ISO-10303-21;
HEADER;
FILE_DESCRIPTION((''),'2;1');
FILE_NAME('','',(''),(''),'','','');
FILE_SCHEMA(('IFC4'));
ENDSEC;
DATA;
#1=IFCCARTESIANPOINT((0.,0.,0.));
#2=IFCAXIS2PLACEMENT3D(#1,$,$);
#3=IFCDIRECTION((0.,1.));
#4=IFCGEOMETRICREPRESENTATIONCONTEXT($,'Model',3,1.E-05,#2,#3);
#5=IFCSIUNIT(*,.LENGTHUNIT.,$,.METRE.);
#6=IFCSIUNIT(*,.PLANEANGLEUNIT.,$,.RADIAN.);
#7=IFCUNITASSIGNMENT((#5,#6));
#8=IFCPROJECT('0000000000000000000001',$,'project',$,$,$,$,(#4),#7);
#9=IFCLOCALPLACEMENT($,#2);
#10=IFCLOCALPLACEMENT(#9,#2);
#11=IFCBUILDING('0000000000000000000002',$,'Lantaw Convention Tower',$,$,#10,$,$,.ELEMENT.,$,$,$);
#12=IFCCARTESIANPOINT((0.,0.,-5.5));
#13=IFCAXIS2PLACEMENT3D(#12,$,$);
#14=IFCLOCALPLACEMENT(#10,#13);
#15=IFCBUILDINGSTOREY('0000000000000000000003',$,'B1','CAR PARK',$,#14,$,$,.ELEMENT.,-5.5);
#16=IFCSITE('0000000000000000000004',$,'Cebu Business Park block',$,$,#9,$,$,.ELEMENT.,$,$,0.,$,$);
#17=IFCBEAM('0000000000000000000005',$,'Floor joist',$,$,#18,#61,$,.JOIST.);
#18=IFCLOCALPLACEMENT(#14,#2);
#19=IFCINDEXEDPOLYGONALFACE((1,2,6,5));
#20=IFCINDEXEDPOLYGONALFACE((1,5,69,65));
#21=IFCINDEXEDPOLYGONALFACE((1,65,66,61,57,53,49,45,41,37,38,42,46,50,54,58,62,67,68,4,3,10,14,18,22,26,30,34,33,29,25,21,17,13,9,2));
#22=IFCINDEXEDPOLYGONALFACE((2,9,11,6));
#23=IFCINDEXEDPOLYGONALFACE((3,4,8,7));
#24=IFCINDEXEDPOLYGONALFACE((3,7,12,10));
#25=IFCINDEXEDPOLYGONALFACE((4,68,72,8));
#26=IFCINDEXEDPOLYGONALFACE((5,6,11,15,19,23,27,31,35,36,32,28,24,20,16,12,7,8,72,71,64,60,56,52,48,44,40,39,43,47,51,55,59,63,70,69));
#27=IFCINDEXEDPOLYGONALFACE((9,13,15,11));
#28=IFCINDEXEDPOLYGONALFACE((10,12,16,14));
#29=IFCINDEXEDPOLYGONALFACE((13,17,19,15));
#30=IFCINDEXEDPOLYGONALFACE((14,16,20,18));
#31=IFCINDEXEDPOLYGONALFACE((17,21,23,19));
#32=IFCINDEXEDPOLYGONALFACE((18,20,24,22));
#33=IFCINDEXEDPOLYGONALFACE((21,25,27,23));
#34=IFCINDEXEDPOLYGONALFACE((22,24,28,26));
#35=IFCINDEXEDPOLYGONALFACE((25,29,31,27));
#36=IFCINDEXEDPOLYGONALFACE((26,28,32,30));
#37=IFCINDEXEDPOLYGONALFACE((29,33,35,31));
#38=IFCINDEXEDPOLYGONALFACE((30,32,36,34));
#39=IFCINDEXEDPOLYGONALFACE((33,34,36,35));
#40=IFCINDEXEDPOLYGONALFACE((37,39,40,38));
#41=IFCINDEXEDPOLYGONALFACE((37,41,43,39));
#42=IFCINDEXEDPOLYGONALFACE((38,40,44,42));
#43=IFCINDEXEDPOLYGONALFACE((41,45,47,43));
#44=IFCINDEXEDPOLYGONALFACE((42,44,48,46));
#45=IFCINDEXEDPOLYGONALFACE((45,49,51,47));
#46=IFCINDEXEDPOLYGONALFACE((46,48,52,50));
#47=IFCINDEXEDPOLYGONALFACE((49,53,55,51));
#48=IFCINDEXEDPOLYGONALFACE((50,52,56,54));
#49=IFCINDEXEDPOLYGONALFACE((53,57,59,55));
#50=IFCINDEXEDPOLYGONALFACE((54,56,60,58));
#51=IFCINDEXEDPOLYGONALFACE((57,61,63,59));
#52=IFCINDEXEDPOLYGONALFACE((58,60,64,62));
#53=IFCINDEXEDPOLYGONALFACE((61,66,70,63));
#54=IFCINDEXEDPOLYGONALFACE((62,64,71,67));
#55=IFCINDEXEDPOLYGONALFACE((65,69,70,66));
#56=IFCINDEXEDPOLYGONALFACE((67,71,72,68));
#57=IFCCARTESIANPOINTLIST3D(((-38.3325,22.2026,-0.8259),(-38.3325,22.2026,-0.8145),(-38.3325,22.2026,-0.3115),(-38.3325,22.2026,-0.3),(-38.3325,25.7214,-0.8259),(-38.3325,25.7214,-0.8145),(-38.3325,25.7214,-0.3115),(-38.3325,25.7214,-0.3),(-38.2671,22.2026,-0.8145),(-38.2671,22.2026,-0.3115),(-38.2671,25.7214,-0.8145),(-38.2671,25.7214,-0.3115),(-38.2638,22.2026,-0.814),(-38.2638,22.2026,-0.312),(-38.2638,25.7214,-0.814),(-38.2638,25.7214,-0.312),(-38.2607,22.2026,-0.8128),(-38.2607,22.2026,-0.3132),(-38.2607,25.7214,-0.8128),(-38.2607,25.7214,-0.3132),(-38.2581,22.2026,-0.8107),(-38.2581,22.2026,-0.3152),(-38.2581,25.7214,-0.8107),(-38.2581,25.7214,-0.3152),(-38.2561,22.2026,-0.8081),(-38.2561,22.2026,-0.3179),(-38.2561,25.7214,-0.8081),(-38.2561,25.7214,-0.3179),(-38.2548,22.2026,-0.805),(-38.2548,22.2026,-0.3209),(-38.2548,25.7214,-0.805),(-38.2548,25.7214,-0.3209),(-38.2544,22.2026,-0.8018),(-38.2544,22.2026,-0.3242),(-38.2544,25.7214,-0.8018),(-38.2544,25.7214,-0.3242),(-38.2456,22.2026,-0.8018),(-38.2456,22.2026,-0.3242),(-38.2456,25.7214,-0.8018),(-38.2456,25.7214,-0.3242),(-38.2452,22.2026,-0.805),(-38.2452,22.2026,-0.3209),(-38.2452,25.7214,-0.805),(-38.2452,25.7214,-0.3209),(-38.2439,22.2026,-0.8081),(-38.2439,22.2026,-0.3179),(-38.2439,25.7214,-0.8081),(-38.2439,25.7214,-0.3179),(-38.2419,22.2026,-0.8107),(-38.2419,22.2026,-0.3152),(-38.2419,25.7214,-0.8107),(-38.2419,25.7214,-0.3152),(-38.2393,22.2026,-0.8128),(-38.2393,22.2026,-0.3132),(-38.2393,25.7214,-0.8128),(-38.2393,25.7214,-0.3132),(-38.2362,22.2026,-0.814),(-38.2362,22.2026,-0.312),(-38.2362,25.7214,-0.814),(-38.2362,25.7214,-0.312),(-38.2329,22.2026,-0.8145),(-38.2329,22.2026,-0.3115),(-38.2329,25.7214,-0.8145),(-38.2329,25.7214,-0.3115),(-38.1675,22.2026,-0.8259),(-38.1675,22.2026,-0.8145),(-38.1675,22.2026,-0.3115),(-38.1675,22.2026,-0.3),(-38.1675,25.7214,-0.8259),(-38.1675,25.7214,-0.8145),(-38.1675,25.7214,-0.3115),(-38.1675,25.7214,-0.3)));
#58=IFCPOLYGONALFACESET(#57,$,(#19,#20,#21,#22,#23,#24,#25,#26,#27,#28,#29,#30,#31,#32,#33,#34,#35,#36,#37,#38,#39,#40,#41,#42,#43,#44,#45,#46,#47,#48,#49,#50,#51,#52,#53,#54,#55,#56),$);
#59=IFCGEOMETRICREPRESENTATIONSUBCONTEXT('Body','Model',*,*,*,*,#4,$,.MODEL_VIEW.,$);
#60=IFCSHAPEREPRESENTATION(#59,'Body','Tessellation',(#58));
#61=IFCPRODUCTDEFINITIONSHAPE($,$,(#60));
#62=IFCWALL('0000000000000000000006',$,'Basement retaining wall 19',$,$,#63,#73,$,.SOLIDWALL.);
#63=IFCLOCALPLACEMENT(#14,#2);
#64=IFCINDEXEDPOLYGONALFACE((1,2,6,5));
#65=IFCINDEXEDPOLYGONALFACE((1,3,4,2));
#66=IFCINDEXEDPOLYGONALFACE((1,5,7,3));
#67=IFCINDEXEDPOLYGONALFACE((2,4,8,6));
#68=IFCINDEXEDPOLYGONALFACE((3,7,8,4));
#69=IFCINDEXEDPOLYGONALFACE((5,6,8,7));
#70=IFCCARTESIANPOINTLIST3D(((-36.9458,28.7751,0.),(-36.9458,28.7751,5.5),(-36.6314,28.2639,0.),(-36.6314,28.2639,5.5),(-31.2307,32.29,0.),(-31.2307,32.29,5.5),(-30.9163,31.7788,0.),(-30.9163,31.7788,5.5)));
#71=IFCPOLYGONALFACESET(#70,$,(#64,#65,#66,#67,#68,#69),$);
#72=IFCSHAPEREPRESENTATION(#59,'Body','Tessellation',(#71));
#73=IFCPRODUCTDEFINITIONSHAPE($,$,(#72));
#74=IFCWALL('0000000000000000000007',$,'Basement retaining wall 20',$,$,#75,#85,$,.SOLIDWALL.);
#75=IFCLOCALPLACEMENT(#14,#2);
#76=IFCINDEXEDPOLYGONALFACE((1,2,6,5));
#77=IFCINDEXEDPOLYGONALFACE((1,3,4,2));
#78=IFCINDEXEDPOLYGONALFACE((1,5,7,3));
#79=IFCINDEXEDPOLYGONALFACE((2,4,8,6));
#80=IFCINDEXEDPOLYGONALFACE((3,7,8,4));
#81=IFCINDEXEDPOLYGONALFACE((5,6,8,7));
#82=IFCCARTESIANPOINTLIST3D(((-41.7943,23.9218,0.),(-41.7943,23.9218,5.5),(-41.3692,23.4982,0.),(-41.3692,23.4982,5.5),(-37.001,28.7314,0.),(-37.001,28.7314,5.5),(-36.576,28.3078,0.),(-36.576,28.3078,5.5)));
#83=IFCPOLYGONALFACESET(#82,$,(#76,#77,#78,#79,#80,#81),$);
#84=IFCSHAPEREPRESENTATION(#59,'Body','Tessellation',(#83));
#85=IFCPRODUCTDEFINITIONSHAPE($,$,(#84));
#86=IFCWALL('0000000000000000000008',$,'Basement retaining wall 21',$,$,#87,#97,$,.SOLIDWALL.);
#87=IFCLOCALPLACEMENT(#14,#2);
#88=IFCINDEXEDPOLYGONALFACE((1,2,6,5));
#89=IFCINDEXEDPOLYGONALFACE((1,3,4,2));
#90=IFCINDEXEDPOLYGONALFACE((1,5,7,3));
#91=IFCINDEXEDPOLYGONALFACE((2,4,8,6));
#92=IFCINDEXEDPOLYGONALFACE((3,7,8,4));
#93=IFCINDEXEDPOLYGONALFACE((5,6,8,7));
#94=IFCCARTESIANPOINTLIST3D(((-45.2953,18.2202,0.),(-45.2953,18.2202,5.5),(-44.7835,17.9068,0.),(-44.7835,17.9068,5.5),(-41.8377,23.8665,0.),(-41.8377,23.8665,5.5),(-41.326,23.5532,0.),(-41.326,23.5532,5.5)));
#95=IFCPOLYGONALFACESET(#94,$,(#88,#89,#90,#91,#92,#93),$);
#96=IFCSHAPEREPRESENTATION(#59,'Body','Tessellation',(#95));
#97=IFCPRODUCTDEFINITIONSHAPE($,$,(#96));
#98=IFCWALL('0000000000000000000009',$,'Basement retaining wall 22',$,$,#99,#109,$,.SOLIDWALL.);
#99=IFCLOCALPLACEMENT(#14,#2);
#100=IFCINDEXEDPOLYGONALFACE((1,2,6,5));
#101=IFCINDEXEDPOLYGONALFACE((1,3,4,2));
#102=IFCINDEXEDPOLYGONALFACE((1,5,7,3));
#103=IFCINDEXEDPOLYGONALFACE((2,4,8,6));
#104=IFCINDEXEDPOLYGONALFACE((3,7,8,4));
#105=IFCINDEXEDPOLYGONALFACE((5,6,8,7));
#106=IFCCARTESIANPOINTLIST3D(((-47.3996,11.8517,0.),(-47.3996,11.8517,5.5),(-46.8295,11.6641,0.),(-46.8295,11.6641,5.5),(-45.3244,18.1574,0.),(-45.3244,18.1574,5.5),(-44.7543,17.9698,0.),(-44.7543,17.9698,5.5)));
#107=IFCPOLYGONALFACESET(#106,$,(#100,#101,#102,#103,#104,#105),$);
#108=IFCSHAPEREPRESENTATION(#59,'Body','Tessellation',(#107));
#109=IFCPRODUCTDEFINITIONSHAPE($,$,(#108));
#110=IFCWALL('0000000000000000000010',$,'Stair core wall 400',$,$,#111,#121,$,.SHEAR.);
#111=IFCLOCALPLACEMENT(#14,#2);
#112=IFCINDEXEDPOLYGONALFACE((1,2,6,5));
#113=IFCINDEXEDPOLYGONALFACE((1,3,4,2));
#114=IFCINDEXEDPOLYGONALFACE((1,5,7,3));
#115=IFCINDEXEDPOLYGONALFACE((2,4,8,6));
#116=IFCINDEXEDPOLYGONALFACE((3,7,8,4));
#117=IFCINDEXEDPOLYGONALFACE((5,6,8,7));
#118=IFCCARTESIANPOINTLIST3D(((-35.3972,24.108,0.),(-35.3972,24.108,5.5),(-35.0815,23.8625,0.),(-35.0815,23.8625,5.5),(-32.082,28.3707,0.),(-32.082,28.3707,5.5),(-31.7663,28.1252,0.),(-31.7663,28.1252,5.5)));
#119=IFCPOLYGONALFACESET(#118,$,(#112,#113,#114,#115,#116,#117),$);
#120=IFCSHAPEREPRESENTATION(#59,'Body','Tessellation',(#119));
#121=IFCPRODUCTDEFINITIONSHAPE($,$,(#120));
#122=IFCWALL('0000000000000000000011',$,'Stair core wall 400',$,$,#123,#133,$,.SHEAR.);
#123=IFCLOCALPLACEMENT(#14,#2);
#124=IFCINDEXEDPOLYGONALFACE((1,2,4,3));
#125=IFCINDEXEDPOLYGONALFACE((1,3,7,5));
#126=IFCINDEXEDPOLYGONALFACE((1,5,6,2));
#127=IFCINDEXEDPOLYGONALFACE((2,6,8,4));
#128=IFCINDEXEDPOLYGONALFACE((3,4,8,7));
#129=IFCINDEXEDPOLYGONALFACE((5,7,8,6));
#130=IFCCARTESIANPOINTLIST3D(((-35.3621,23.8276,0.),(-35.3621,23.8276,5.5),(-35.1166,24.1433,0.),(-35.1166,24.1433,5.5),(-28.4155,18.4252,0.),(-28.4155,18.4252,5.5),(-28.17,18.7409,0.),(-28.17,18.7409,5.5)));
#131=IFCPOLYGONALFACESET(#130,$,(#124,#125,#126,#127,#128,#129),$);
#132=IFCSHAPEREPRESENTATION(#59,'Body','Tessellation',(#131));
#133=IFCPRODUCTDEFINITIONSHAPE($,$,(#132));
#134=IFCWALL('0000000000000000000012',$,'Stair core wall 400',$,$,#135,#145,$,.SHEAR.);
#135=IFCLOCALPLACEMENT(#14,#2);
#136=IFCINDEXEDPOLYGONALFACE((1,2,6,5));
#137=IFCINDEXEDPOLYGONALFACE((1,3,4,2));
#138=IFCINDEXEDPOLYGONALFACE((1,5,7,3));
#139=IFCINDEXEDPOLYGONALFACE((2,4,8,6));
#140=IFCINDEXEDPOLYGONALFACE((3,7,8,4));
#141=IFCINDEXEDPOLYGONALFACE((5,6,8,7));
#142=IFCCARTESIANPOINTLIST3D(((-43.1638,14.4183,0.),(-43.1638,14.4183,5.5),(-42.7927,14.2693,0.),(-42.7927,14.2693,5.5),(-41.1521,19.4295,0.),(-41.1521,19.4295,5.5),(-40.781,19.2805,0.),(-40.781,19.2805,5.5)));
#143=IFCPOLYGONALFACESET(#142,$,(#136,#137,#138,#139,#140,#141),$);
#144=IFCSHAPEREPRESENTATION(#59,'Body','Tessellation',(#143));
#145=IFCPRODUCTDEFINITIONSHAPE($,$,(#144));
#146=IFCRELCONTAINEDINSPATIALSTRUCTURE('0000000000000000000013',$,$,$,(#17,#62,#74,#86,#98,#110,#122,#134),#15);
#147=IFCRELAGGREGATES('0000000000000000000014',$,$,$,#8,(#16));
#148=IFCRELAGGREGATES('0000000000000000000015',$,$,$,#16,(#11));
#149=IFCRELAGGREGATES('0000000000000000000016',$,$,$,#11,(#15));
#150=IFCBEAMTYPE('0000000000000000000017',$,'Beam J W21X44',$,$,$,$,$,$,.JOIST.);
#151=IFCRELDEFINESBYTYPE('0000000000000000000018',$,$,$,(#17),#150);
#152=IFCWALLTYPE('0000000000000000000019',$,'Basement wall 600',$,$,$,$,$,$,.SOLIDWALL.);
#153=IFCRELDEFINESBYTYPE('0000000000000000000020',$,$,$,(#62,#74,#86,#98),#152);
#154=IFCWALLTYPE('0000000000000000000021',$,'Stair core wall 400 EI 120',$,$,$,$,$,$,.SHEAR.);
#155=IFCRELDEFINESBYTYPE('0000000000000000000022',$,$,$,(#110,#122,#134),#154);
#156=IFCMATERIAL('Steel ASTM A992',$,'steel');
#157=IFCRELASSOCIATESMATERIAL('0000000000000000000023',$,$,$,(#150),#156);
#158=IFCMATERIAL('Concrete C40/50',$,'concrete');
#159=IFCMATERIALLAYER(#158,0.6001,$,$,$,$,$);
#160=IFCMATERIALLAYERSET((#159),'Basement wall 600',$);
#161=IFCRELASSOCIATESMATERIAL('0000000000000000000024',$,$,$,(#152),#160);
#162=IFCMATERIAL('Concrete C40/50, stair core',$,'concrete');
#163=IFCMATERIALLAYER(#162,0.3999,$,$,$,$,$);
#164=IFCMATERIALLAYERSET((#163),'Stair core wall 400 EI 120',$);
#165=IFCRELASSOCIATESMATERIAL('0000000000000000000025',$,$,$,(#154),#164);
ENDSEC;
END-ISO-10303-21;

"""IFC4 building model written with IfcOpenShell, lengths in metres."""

from ifc_helpers import new_model, si_unit, direction, frame, frame_2d, origin, origin_2d, place, context, subcontext, project, spatial, rectangle, i_section, extrude, material, layer, layer_set, material_profile, profile_set, type_object, element, save


model = new_model("IFC4")

# Units and contexts
model_context = context("Model", 3, precision=1e-05, world=origin(), true_north=direction((0.0, 1.0)))
body_context = subcontext(model_context, "Body", "Model", "MODEL_VIEW")
ifc_project = project(units=[si_unit("LENGTHUNIT", "METRE"), si_unit("PLANEANGLEUNIT", "RADIAN")], contexts=[model_context])

# Site, building, storey
site_placement = place(None, origin())
site = spatial("IfcSite", under=ifc_project, at=site_placement, Name="Cebu Business Park block", CompositionType="ELEMENT", RefElevation=0.0)
building_placement = place(site_placement, origin())
building = spatial("IfcBuilding", under=site, at=building_placement, Name="Lantaw Convention Tower", CompositionType="ELEMENT")
storey_placement = place(building_placement, frame((0.0, 0.0, -5.5)))
storey = spatial("IfcBuildingStorey", under=building, at=storey_placement, Name="B1", Description="CAR PARK", CompositionType="ELEMENT", Elevation=-5.5)

# Beam
ifc_material_1 = material(Name="Steel ASTM A992", Category="steel")
ifc_material_profile_1 = material_profile(ifc_material_1, i_section(OverallWidth=0.165, OverallDepth=0.5259, WebThickness=0.0088, FlangeThickness=0.0115, FilletRadius=0.0127, at=origin_2d()), Name="W21X44")
ifc_profile_set_1 = profile_set([ifc_material_profile_1], Name="Steel ASTM A992")
beam_type_1 = type_object("IfcBeamType", Name="Beam J W21X44", PredefinedType="JOIST", material=ifc_profile_set_1)
beam_1_placement = place(storey_placement, frame((-38.25, 22.2026, -0.563), z_axis=(0.0, 1.0, 0.0), x_axis=(-1.0, 0.0, 0.0)))
element("IfcBeam", 1, at=beam_1_placement, inside=storey, type_object=beam_type_1, Name="Floor joist", PredefinedType="JOIST", context=body_context, shape_type="SweptSolid", body=[
    extrude(i_section(OverallWidth=0.165, OverallDepth=0.5259, WebThickness=0.0088, FlangeThickness=0.0115, FilletRadius=0.0127, at=origin_2d()), origin(), (0.0, 0.0, 1.0), 3.5188),
])

# Walls
ifc_material_2 = material(Name="Concrete C40/50", Category="concrete")
ifc_layer_1 = layer(ifc_material_2, 0.6001)
ifc_layer_set_1 = layer_set([ifc_layer_1], Name="Basement wall 600")
wall_type_1 = type_object("IfcWallType", Name="Basement wall 600", PredefinedType="SOLIDWALL", material=ifc_layer_set_1)
wall_1_placement = place(storey_placement, frame((-31.0735, 32.0344, 0.0), z_axis=(0.0, 0.0, 1.0), x_axis=(-0.851797, -0.523872, 0.0)))
element("IfcWall", 2, at=wall_1_placement, inside=storey, type_object=wall_type_1, Name="Basement retaining wall 19", PredefinedType="SOLIDWALL", context=body_context, shape_type="SweptSolid", body=[
    extrude(rectangle(XDim=6.7095, YDim=0.6001, at=frame_2d((3.3547, 0.0))), origin(), (0.0, 0.0, 1.0), 5.5),
])
wall_2_placement = place(storey_placement, frame((-36.7886, 28.5195, 0.0), z_axis=(0.0, 0.0, 1.0), x_axis=(-0.705901, -0.70831, 0.0)))
element("IfcWall", 3, at=wall_2_placement, inside=storey, type_object=wall_type_1, Name="Basement retaining wall 20", PredefinedType="SOLIDWALL", context=body_context, shape_type="SweptSolid", body=[
    extrude(rectangle(XDim=6.7903, YDim=0.6001, at=frame_2d((3.395, 0.0))), origin(), (0.0, 0.0, 1.0), 5.5),
])
wall_3_placement = place(storey_placement, frame((-41.5818, 23.71, 0.0), z_axis=(0.0, 0.0, 1.0), x_axis=(-0.522224, -0.852808, 0.0)))
element("IfcWall", 4, at=wall_3_placement, inside=storey, type_object=wall_type_1, Name="Basement retaining wall 21", PredefinedType="SOLIDWALL", context=body_context, shape_type="SweptSolid", body=[
    extrude(rectangle(XDim=6.6208, YDim=0.6001, at=frame_2d((3.3105, 0.0))), origin(), (0.0, 0.0, 1.0), 5.5),
])
wall_4_placement = place(storey_placement, frame((-45.0393, 18.0637, 0.0), z_axis=(0.0, 0.0, 1.0), x_axis=(-0.312607, -0.949883, 0.0)))
element("IfcWall", 5, at=wall_4_placement, inside=storey, type_object=wall_type_1, Name="Basement retaining wall 22", PredefinedType="SOLIDWALL", context=body_context, shape_type="SweptSolid", body=[
    extrude(rectangle(XDim=6.6384, YDim=0.6001, at=frame_2d((3.3193, 0.0))), origin(), (0.0, 0.0, 1.0), 5.5),
])
ifc_material_3 = material(Name="Concrete C40/50, stair core", Category="concrete")
ifc_layer_2 = layer(ifc_material_3, 0.3999)
ifc_layer_set_2 = layer_set([ifc_layer_2], Name="Stair core wall 400 EI 120")
wall_type_2 = type_object("IfcWallType", Name="Stair core wall 400 EI 120", PredefinedType="SHEAR", material=ifc_layer_set_2)
wall_5_placement = place(storey_placement, frame((-31.9241, 28.248, 0.0), z_axis=(0.0, 0.0, 1.0), x_axis=(-0.613912, -0.789374, 0.0)))
element("IfcWall", 6, at=wall_5_placement, inside=storey, type_object=wall_type_2, Name="Stair core wall 400", PredefinedType="SHEAR", context=body_context, shape_type="SweptSolid", body=[
    extrude(rectangle(XDim=5.4001, YDim=0.3999, at=frame_2d((2.7002, 0.0))), origin(), (0.0, 0.0, 1.0), 5.5),
])
wall_6_placement = place(storey_placement, frame((-35.2393, 23.9854, 0.0), z_axis=(0.0, 0.0, 1.0), x_axis=(0.789381, -0.613904, 0.0)))
element("IfcWall", 7, at=wall_6_placement, inside=storey, type_object=wall_type_2, Name="Stair core wall 400", PredefinedType="SHEAR", context=body_context, shape_type="SweptSolid", body=[
    extrude(rectangle(XDim=8.8, YDim=0.3999, at=frame_2d((4.3999, 0.0))), origin(), (0.0, 0.0, 1.0), 5.5),
])
wall_7_placement = place(storey_placement, frame((-40.9666, 19.355, 0.0), z_axis=(0.0, 0.0, 1.0), x_axis=(-0.372544, -0.928015, 0.0)))
element("IfcWall", 8, at=wall_7_placement, inside=storey, type_object=wall_type_2, Name="Stair core wall 400", PredefinedType="SHEAR", context=body_context, shape_type="SweptSolid", body=[
    extrude(rectangle(XDim=5.3999, YDim=0.3999, at=frame_2d((2.7, 0.0))), origin(), (0.0, 0.0, 1.0), 5.5),
])

save(model, "model.ifc")
